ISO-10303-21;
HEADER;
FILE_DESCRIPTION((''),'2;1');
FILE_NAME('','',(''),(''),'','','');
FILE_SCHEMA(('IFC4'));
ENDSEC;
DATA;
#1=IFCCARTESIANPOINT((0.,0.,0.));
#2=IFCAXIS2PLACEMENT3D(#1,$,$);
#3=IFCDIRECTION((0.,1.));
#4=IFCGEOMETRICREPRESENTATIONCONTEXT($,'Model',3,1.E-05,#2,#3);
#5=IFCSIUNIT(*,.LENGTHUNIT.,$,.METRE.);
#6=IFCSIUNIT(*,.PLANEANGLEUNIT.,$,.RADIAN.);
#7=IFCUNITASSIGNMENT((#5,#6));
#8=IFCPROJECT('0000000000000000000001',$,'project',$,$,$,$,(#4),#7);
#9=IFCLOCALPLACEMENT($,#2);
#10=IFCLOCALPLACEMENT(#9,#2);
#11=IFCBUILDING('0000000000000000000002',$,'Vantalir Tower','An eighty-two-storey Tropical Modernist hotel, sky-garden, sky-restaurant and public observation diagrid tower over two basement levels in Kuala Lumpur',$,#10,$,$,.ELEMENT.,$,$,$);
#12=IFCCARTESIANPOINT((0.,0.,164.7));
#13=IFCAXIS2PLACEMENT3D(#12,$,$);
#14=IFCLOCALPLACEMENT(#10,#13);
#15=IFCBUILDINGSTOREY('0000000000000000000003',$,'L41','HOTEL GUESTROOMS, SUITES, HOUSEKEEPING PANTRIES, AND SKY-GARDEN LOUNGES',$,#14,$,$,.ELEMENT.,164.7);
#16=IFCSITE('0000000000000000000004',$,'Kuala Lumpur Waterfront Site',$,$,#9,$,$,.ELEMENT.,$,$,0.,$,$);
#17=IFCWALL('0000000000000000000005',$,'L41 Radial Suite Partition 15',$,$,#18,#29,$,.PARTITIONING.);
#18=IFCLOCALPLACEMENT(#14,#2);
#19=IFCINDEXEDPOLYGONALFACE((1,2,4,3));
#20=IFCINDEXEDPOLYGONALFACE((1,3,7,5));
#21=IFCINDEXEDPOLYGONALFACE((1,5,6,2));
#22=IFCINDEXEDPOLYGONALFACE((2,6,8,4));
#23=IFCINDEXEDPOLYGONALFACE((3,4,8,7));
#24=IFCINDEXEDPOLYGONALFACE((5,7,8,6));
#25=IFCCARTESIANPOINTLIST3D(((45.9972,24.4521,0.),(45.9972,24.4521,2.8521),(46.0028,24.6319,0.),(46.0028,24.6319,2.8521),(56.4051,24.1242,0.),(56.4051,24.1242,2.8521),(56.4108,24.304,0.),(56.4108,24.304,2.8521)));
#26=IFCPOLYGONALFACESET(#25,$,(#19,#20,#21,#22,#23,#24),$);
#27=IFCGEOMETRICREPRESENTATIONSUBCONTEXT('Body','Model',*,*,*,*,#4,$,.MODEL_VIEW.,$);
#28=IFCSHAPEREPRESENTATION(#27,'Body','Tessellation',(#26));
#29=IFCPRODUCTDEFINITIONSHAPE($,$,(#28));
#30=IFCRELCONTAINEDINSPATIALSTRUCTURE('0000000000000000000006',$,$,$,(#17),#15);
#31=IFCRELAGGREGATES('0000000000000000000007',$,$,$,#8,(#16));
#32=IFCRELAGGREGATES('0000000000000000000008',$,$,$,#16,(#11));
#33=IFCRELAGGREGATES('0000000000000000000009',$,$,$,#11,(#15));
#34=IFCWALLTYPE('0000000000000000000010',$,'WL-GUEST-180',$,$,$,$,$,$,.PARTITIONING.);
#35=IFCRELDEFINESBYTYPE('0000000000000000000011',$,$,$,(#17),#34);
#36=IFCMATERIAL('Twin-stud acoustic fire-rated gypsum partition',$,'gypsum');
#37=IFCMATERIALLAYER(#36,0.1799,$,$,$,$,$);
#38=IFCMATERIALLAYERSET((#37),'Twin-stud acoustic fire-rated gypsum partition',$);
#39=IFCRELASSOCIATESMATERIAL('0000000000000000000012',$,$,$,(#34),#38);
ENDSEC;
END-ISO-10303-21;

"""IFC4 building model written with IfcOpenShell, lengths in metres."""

from ifc_helpers import new_model, si_unit, direction, frame, frame_2d, origin, place, context, subcontext, project, spatial, rectangle, extrude, material, layer, layer_set, type_object, element, save


model = new_model("IFC4")

# Units and contexts
model_context = context("Model", 3, precision=1e-05, world=origin(), true_north=direction((0.0, 1.0)))
body_context = subcontext(model_context, "Body", "Model", "MODEL_VIEW")
ifc_project = project(units=[si_unit("LENGTHUNIT", "METRE"), si_unit("PLANEANGLEUNIT", "RADIAN")], contexts=[model_context])

# Site, building, storey
site_placement = place(None, origin())
site = spatial("IfcSite", under=ifc_project, at=site_placement, Name="Kuala Lumpur Waterfront Site", CompositionType="ELEMENT", RefElevation=0.0)
building_placement = place(site_placement, origin())
building = spatial("IfcBuilding", under=site, at=building_placement, Name="Vantalir Tower", Description="An eighty-two-storey Tropical Modernist hotel, sky-garden, sky-restaurant and public observation diagrid tower over two basement levels in Kuala Lumpur", CompositionType="ELEMENT")
storey_placement = place(building_placement, frame((0.0, 0.0, 164.7)))
storey = spatial("IfcBuildingStorey", under=building, at=storey_placement, Name="L41", Description="HOTEL GUESTROOMS, SUITES, HOUSEKEEPING PANTRIES, AND SKY-GARDEN LOUNGES", CompositionType="ELEMENT", Elevation=164.7)

# Wall
ifc_material_1 = material(Name="Twin-stud acoustic fire-rated gypsum partition", Category="gypsum")
ifc_layer_1 = layer(ifc_material_1, 0.1799)
ifc_layer_set_1 = layer_set([ifc_layer_1], Name="Twin-stud acoustic fire-rated gypsum partition")
wall_type_1 = type_object("IfcWallType", Name="WL-GUEST-180", PredefinedType="PARTITIONING", material=ifc_layer_set_1)
wall_1_placement = place(storey_placement, frame((46.0, 24.542, 0.0), z_axis=(0.0, 0.0, 1.0), x_axis=(0.999504, -0.031487, 0.0)))
element("IfcWall", 1, at=wall_1_placement, inside=storey, type_object=wall_type_1, Name="L41 Radial Suite Partition 15", PredefinedType="PARTITIONING", context=body_context, shape_type="SweptSolid", body=[
    extrude(rectangle(XDim=10.4131, YDim=0.1799, at=frame_2d((5.2065, 0.0))), origin(), (0.0, 0.0, 1.0), 2.8521),
])

save(model, "model.ifc")
